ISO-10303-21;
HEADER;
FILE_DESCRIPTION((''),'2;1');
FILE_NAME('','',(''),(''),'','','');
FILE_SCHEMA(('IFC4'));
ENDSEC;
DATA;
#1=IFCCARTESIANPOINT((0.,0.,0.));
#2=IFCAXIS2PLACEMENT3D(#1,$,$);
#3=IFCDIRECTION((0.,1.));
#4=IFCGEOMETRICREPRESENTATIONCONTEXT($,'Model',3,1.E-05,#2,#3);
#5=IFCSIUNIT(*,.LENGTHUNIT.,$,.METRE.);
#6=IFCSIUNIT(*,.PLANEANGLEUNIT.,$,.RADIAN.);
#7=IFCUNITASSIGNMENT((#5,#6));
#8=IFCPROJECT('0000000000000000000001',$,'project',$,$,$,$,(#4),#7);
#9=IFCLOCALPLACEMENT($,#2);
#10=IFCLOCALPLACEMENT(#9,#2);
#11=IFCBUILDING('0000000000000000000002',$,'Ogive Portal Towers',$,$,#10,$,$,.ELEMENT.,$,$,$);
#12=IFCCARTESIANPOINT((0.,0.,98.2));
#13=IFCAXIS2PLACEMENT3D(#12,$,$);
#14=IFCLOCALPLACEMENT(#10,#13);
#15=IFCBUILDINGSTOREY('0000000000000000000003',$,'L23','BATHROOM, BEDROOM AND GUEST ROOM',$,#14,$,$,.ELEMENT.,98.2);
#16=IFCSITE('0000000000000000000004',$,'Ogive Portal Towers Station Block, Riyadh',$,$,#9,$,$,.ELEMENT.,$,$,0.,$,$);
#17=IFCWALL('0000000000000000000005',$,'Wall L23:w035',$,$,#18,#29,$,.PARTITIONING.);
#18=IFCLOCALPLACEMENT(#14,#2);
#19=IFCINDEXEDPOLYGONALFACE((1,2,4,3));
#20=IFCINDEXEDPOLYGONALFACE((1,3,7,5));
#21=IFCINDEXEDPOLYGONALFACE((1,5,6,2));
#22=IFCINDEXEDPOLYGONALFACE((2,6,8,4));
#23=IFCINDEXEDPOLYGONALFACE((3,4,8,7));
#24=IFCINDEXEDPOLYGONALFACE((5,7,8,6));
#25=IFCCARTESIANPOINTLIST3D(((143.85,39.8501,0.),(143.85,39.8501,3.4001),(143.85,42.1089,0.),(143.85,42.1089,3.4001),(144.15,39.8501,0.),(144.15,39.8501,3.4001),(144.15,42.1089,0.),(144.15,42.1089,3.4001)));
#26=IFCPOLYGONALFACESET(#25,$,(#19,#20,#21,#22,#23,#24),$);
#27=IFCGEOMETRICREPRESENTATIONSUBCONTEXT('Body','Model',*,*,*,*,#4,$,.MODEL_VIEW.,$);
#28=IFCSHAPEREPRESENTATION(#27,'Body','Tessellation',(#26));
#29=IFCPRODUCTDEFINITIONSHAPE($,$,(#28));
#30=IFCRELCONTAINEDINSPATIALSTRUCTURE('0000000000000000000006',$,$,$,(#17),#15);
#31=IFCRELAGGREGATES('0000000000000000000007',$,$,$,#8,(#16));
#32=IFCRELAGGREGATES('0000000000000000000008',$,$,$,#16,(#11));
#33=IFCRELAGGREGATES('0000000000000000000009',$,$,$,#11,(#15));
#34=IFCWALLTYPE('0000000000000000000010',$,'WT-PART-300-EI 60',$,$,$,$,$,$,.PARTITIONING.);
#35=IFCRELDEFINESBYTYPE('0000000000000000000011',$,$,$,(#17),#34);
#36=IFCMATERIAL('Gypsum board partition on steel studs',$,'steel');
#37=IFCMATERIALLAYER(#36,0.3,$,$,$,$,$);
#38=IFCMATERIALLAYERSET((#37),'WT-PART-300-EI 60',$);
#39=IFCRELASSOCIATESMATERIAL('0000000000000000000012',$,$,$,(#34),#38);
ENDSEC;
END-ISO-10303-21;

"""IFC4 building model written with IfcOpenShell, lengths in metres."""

from ifc_helpers import new_model, si_unit, direction, frame, frame_2d, origin, place, context, subcontext, project, spatial, rectangle, extrude, material, layer, layer_set, type_object, element, save


model = new_model("IFC4")

# Units and contexts
model_context = context("Model", 3, precision=1e-05, world=origin(), true_north=direction((0.0, 1.0)))
body_context = subcontext(model_context, "Body", "Model", "MODEL_VIEW")
ifc_project = project(units=[si_unit("LENGTHUNIT", "METRE"), si_unit("PLANEANGLEUNIT", "RADIAN")], contexts=[model_context])

# Site, building, storey
site_placement = place(None, origin())
site = spatial("IfcSite", under=ifc_project, at=site_placement, Name="Ogive Portal Towers Station Block, Riyadh", CompositionType="ELEMENT", RefElevation=0.0)
building_placement = place(site_placement, origin())
building = spatial("IfcBuilding", under=site, at=building_placement, Name="Ogive Portal Towers", CompositionType="ELEMENT")
storey_placement = place(building_placement, frame((0.0, 0.0, 98.2)))
storey = spatial("IfcBuildingStorey", under=building, at=storey_placement, Name="L23", Description="BATHROOM, BEDROOM AND GUEST ROOM", CompositionType="ELEMENT", Elevation=98.2)

# Wall
ifc_material_1 = material(Name="Gypsum board partition on steel studs", Category="steel")
ifc_layer_1 = layer(ifc_material_1, 0.3)
ifc_layer_set_1 = layer_set([ifc_layer_1], Name="WT-PART-300-EI 60")
wall_type_1 = type_object("IfcWallType", Name="WT-PART-300-EI 60", PredefinedType="PARTITIONING", material=ifc_layer_set_1)
wall_1_placement = place(storey_placement, frame((144.0, 39.8501, 0.0), z_axis=(0.0, 0.0, 1.0), x_axis=(0.0, 1.0, 0.0)))
element("IfcWall", 1, at=wall_1_placement, inside=storey, type_object=wall_type_1, Name="Wall L23:w035", PredefinedType="PARTITIONING", context=body_context, shape_type="SweptSolid", body=[
    extrude(rectangle(XDim=2.2588, YDim=0.3, at=frame_2d((1.1294, 0.0))), origin(), (0.0, 0.0, 1.0), 3.4001),
])

save(model, "model.ifc")
